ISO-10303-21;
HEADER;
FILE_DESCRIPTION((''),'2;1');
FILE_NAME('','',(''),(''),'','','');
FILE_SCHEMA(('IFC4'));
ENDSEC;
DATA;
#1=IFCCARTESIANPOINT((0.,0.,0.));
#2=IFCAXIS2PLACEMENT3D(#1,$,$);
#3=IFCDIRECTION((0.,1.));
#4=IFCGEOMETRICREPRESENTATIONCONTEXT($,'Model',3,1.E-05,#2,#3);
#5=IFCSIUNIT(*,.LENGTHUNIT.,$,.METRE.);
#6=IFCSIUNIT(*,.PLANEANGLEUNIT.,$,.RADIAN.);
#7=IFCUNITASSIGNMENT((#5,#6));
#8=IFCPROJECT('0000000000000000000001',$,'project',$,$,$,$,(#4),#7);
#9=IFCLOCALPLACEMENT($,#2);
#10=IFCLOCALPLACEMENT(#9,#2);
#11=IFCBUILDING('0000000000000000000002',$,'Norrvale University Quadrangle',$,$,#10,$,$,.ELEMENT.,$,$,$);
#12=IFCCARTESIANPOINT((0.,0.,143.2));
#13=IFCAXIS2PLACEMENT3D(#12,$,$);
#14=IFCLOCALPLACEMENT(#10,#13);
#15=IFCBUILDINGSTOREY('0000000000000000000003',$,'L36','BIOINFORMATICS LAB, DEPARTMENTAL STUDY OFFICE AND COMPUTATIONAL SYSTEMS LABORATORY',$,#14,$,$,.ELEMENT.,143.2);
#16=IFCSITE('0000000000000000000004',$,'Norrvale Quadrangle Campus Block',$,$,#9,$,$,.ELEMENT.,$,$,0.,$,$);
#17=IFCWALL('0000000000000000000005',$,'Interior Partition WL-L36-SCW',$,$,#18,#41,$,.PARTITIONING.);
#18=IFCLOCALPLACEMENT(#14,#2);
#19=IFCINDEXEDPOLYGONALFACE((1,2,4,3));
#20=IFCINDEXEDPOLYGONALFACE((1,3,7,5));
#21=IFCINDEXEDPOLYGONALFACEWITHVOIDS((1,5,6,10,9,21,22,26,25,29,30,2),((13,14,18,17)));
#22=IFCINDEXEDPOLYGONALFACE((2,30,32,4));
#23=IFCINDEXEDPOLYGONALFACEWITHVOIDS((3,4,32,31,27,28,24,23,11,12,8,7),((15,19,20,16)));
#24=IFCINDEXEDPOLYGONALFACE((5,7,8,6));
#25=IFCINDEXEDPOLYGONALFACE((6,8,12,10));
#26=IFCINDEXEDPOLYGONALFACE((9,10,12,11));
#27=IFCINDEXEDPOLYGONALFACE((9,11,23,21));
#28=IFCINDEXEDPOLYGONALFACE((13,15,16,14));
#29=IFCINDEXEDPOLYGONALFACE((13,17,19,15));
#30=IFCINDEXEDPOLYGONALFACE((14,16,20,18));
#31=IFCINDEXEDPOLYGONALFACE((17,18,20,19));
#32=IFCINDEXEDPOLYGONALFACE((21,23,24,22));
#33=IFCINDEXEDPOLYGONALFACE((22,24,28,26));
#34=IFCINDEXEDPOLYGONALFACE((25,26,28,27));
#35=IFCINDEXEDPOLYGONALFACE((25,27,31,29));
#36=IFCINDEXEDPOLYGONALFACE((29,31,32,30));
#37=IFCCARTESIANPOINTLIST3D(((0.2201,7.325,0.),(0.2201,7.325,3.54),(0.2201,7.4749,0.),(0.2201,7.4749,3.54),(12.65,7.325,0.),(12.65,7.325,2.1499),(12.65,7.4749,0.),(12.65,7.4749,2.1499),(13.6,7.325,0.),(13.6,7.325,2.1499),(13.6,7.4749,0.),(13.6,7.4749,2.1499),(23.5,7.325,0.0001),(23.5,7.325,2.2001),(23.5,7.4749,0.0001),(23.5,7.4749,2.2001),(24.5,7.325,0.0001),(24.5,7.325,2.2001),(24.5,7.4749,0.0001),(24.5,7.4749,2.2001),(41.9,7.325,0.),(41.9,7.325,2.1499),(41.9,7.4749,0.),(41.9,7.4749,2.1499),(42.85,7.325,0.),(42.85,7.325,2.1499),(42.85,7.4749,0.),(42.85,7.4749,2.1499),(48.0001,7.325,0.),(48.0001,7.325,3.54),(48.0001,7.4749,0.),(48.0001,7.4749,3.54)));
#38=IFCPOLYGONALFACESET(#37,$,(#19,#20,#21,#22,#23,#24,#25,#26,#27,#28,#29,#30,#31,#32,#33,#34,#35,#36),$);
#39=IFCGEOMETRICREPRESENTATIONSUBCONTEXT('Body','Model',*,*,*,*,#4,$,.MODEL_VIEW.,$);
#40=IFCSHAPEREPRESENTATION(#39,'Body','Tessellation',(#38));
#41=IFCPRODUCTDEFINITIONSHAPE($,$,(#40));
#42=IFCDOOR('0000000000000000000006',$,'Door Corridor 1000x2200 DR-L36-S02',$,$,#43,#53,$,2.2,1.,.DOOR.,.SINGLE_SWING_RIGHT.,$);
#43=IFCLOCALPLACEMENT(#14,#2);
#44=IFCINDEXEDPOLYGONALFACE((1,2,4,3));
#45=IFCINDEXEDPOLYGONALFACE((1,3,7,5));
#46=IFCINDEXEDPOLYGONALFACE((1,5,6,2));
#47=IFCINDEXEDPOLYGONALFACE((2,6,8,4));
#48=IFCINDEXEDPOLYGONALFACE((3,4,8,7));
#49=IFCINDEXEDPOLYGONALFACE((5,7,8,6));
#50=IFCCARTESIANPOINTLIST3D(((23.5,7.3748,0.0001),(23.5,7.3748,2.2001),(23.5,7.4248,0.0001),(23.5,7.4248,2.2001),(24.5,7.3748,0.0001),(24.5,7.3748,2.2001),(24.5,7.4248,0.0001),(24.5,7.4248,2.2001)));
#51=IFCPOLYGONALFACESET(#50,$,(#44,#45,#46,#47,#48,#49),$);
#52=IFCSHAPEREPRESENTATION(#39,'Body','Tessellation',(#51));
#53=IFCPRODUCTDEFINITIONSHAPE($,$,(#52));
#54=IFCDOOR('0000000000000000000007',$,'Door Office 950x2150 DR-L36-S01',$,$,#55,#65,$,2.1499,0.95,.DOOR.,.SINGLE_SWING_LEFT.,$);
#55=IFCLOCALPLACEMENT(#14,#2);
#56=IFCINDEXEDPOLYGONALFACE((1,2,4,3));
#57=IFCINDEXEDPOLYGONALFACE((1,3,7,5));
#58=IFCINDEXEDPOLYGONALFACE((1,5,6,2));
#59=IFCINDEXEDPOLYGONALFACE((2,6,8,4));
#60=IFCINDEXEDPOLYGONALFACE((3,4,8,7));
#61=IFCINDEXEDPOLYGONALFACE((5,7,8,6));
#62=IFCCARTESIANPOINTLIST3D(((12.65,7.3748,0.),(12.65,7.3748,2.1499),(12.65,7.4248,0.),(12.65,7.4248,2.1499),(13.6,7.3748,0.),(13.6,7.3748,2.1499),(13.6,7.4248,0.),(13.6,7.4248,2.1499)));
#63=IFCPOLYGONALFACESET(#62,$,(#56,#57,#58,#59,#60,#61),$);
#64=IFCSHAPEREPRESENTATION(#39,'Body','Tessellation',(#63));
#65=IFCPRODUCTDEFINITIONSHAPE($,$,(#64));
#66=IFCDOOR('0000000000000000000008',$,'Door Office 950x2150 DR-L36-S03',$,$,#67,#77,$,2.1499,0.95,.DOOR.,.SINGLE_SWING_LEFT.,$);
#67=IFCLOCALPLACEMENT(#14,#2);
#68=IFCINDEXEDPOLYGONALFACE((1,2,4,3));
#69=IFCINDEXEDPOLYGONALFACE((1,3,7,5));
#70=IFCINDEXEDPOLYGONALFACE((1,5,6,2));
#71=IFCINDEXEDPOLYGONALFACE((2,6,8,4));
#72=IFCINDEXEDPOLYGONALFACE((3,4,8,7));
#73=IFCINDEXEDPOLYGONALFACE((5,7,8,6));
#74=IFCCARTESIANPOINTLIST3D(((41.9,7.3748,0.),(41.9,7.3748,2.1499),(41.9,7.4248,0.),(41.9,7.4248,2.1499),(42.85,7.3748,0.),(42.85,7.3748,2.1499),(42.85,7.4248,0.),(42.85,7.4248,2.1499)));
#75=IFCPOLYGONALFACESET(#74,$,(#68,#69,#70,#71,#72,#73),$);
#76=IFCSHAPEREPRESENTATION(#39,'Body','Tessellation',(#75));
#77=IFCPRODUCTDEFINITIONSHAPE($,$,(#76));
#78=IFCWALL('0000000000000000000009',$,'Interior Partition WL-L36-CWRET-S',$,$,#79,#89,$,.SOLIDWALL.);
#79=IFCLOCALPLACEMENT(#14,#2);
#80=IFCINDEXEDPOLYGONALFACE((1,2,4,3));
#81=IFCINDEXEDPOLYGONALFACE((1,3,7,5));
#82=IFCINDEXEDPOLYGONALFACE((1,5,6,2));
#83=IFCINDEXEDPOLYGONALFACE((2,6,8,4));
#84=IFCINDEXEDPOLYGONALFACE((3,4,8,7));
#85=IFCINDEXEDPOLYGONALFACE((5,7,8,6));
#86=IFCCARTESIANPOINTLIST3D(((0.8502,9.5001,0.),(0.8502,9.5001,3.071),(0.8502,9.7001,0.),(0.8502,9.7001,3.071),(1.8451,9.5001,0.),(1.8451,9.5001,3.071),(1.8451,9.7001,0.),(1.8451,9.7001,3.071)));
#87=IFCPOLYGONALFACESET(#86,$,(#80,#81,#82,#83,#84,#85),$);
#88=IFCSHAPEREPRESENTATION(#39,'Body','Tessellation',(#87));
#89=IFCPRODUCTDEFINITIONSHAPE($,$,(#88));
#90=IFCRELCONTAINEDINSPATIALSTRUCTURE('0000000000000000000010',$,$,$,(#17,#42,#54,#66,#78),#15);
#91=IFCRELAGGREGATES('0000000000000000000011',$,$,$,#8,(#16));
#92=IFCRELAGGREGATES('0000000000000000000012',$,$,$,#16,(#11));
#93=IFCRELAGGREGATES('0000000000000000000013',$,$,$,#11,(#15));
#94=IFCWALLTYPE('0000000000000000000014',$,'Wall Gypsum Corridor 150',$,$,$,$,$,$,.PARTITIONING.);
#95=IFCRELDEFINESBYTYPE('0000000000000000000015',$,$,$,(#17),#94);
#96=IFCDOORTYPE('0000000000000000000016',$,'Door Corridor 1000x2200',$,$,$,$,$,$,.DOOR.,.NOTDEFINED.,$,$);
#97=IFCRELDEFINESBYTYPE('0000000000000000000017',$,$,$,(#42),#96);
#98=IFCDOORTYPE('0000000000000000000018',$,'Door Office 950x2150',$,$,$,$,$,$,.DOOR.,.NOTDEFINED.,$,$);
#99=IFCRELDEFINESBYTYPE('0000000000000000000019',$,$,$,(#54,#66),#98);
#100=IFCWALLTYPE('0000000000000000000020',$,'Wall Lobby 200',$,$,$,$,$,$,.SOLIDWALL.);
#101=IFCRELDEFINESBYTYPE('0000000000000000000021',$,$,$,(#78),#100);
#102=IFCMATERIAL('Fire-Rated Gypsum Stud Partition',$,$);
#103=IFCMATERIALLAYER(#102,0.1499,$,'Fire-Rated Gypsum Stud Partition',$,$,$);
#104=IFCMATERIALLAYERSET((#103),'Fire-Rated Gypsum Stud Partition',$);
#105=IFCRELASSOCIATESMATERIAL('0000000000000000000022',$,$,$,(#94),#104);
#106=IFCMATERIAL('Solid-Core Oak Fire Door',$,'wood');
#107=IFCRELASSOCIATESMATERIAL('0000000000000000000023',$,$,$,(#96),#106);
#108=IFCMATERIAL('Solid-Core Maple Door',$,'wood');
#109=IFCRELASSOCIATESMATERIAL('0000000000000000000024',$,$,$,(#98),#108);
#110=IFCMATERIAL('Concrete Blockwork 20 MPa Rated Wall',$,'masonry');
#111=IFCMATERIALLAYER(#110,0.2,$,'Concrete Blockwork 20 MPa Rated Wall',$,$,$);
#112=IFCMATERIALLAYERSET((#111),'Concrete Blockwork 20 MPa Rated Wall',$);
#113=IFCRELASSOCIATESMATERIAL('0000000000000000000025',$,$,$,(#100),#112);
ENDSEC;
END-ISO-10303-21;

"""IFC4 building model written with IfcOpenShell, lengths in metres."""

from ifc_helpers import new_model, si_unit, direction, frame, frame_2d, origin, place, context, subcontext, project, spatial, rectangle, extrude, material, layer, layer_set, type_object, element, fill, save


model = new_model("IFC4")

# Units and contexts
model_context = context("Model", 3, precision=1e-05, world=origin(), true_north=direction((0.0, 1.0)))
body_context = subcontext(model_context, "Body", "Model", "MODEL_VIEW")
ifc_project = project(units=[si_unit("LENGTHUNIT", "METRE"), si_unit("PLANEANGLEUNIT", "RADIAN")], contexts=[model_context])

# Site, building, storey
site_placement = place(None, origin())
site = spatial("IfcSite", under=ifc_project, at=site_placement, Name="Norrvale Quadrangle Campus Block", CompositionType="ELEMENT", RefElevation=0.0)
building_placement = place(site_placement, origin())
building = spatial("IfcBuilding", under=site, at=building_placement, Name="Norrvale University Quadrangle", CompositionType="ELEMENT")
storey_placement = place(building_placement, frame((0.0, 0.0, 143.2)))
storey = spatial("IfcBuildingStorey", under=building, at=storey_placement, Name="L36", Description="BIOINFORMATICS LAB, DEPARTMENTAL STUDY OFFICE AND COMPUTATIONAL SYSTEMS LABORATORY", CompositionType="ELEMENT", Elevation=143.2)

# Shared definitions
ifc_material_1 = material(Name="Fire-Rated Gypsum Stud Partition")
ifc_layer_1 = layer(ifc_material_1, 0.1499, Name="Fire-Rated Gypsum Stud Partition")
ifc_layer_set_1 = layer_set([ifc_layer_1], Name="Fire-Rated Gypsum Stud Partition")
wall_type_1 = type_object("IfcWallType", Name="Wall Gypsum Corridor 150", PredefinedType="PARTITIONING", material=ifc_layer_set_1)

# Wall, openings, doors
wall_1_placement = place(storey_placement, frame((0.22, 7.3999, 0.0), z_axis=(0.0, 0.0, 1.0), x_axis=(1.0, 0.0, 0.0)))
wall_1 = element("IfcWall", 1, at=wall_1_placement, inside=storey, type_object=wall_type_1, Name="Interior Partition WL-L36-SCW", PredefinedType="PARTITIONING", context=body_context, shape_type="SweptSolid", body=[
    extrude(rectangle(XDim=47.78, YDim=0.1499, at=frame_2d((23.8901, 0.0))), origin(), (0.0, 0.0, 1.0), 3.54),
])
opening_1_placement = place(wall_1_placement, frame((12.4299, 0.0, 0.0)))
opening_1 = element("IfcOpeningElement", 2, at=opening_1_placement, cuts=wall_1, PredefinedType="OPENING", context=body_context, shape_type="SweptSolid", body=[
    extrude(rectangle(XDim=0.95, YDim=2.1499, at=frame_2d((0.4751, 1.075))), frame((0.0, 0.0869, 0.0), z_axis=(0.0, -1.0, 0.0), x_axis=(1.0, 0.0, 0.0)), (0.0, 0.0, 1.0), 0.1738),
])
opening_2_placement = place(wall_1_placement, frame((23.28, 0.0, 0.0)))
opening_2 = element("IfcOpeningElement", 3, at=opening_2_placement, cuts=wall_1, PredefinedType="OPENING", context=body_context, shape_type="SweptSolid", body=[
    extrude(rectangle(XDim=1.0, YDim=2.2, at=frame_2d((0.5, 1.1001))), frame((0.0, 0.0869, 0.0), z_axis=(0.0, -1.0, 0.0), x_axis=(1.0, 0.0, 0.0)), (0.0, 0.0, 1.0), 0.1738),
])
opening_3_placement = place(wall_1_placement, frame((41.6799, 0.0, 0.0)))
opening_3 = element("IfcOpeningElement", 4, at=opening_3_placement, cuts=wall_1, PredefinedType="OPENING", context=body_context, shape_type="SweptSolid", body=[
    extrude(rectangle(XDim=0.95, YDim=2.1499, at=frame_2d((0.4751, 1.075))), frame((0.0, 0.0869, 0.0), z_axis=(0.0, -1.0, 0.0), x_axis=(1.0, 0.0, 0.0)), (0.0, 0.0, 1.0), 0.1738),
])
ifc_material_2 = material(Name="Solid-Core Oak Fire Door", Category="wood")
door_type_1 = type_object("IfcDoorType", Name="Door Corridor 1000x2200", OperationType="NOTDEFINED", PredefinedType="DOOR", material=ifc_material_2)
door_1_placement = place(opening_2_placement, origin())
door_1 = element("IfcDoor", 5, at=door_1_placement, inside=storey, type_object=door_type_1, Name="Door Corridor 1000x2200 DR-L36-S02", OperationType="SINGLE_SWING_RIGHT", OverallHeight=2.2, OverallWidth=1.0, PredefinedType="DOOR", context=body_context, shape_type="SweptSolid", body=[
    extrude(rectangle(XDim=1.0, YDim=2.2, at=frame_2d((0.5, 1.1001))), frame((0.0, 0.0249, 0.0), z_axis=(0.0, -1.0, 0.0), x_axis=(1.0, 0.0, 0.0)), (0.0, 0.0, 1.0), 0.05),
])
fill(opening_2, door_1)
ifc_material_3 = material(Name="Solid-Core Maple Door", Category="wood")
door_type_2 = type_object("IfcDoorType", Name="Door Office 950x2150", OperationType="NOTDEFINED", PredefinedType="DOOR", material=ifc_material_3)
door_2_placement = place(opening_1_placement, origin())
door_2 = element("IfcDoor", 6, at=door_2_placement, inside=storey, type_object=door_type_2, Name="Door Office 950x2150 DR-L36-S01", OperationType="SINGLE_SWING_LEFT", OverallHeight=2.1499, OverallWidth=0.95, PredefinedType="DOOR", context=body_context, shape_type="SweptSolid", body=[
    extrude(rectangle(XDim=0.95, YDim=2.1499, at=frame_2d((0.4751, 1.075))), frame((0.0, 0.0249, 0.0), z_axis=(0.0, -1.0, 0.0), x_axis=(1.0, 0.0, 0.0)), (0.0, 0.0, 1.0), 0.05),
])
fill(opening_1, door_2)
door_3_placement = place(opening_3_placement, origin())
door_3 = element("IfcDoor", 7, at=door_3_placement, inside=storey, type_object=door_type_2, Name="Door Office 950x2150 DR-L36-S03", OperationType="SINGLE_SWING_LEFT", OverallHeight=2.1499, OverallWidth=0.95, PredefinedType="DOOR", context=body_context, shape_type="SweptSolid", body=[
    extrude(rectangle(XDim=0.95, YDim=2.1499, at=frame_2d((0.4751, 1.075))), frame((0.0, 0.0249, 0.0), z_axis=(0.0, -1.0, 0.0), x_axis=(1.0, 0.0, 0.0)), (0.0, 0.0, 1.0), 0.05),
])
fill(opening_3, door_3)

# Wall
ifc_material_4 = material(Name="Concrete Blockwork 20 MPa Rated Wall", Category="masonry")
ifc_layer_2 = layer(ifc_material_4, 0.2, Name="Concrete Blockwork 20 MPa Rated Wall")
ifc_layer_set_2 = layer_set([ifc_layer_2], Name="Concrete Blockwork 20 MPa Rated Wall")
wall_type_2 = type_object("IfcWallType", Name="Wall Lobby 200", PredefinedType="SOLIDWALL", material=ifc_layer_set_2)
wall_2_placement = place(storey_placement, frame((0.8501, 9.6001, 0.0), z_axis=(0.0, 0.0, 1.0), x_axis=(1.0, 0.0, 0.0)))
element("IfcWall", 8, at=wall_2_placement, inside=storey, type_object=wall_type_2, Name="Interior Partition WL-L36-CWRET-S", PredefinedType="SOLIDWALL", context=body_context, shape_type="SweptSolid", body=[
    extrude(rectangle(XDim=0.9949, YDim=0.2, at=frame_2d((0.4976, 0.0))), origin(), (0.0, 0.0, 1.0), 3.071),
])

save(model, "model.ifc")
